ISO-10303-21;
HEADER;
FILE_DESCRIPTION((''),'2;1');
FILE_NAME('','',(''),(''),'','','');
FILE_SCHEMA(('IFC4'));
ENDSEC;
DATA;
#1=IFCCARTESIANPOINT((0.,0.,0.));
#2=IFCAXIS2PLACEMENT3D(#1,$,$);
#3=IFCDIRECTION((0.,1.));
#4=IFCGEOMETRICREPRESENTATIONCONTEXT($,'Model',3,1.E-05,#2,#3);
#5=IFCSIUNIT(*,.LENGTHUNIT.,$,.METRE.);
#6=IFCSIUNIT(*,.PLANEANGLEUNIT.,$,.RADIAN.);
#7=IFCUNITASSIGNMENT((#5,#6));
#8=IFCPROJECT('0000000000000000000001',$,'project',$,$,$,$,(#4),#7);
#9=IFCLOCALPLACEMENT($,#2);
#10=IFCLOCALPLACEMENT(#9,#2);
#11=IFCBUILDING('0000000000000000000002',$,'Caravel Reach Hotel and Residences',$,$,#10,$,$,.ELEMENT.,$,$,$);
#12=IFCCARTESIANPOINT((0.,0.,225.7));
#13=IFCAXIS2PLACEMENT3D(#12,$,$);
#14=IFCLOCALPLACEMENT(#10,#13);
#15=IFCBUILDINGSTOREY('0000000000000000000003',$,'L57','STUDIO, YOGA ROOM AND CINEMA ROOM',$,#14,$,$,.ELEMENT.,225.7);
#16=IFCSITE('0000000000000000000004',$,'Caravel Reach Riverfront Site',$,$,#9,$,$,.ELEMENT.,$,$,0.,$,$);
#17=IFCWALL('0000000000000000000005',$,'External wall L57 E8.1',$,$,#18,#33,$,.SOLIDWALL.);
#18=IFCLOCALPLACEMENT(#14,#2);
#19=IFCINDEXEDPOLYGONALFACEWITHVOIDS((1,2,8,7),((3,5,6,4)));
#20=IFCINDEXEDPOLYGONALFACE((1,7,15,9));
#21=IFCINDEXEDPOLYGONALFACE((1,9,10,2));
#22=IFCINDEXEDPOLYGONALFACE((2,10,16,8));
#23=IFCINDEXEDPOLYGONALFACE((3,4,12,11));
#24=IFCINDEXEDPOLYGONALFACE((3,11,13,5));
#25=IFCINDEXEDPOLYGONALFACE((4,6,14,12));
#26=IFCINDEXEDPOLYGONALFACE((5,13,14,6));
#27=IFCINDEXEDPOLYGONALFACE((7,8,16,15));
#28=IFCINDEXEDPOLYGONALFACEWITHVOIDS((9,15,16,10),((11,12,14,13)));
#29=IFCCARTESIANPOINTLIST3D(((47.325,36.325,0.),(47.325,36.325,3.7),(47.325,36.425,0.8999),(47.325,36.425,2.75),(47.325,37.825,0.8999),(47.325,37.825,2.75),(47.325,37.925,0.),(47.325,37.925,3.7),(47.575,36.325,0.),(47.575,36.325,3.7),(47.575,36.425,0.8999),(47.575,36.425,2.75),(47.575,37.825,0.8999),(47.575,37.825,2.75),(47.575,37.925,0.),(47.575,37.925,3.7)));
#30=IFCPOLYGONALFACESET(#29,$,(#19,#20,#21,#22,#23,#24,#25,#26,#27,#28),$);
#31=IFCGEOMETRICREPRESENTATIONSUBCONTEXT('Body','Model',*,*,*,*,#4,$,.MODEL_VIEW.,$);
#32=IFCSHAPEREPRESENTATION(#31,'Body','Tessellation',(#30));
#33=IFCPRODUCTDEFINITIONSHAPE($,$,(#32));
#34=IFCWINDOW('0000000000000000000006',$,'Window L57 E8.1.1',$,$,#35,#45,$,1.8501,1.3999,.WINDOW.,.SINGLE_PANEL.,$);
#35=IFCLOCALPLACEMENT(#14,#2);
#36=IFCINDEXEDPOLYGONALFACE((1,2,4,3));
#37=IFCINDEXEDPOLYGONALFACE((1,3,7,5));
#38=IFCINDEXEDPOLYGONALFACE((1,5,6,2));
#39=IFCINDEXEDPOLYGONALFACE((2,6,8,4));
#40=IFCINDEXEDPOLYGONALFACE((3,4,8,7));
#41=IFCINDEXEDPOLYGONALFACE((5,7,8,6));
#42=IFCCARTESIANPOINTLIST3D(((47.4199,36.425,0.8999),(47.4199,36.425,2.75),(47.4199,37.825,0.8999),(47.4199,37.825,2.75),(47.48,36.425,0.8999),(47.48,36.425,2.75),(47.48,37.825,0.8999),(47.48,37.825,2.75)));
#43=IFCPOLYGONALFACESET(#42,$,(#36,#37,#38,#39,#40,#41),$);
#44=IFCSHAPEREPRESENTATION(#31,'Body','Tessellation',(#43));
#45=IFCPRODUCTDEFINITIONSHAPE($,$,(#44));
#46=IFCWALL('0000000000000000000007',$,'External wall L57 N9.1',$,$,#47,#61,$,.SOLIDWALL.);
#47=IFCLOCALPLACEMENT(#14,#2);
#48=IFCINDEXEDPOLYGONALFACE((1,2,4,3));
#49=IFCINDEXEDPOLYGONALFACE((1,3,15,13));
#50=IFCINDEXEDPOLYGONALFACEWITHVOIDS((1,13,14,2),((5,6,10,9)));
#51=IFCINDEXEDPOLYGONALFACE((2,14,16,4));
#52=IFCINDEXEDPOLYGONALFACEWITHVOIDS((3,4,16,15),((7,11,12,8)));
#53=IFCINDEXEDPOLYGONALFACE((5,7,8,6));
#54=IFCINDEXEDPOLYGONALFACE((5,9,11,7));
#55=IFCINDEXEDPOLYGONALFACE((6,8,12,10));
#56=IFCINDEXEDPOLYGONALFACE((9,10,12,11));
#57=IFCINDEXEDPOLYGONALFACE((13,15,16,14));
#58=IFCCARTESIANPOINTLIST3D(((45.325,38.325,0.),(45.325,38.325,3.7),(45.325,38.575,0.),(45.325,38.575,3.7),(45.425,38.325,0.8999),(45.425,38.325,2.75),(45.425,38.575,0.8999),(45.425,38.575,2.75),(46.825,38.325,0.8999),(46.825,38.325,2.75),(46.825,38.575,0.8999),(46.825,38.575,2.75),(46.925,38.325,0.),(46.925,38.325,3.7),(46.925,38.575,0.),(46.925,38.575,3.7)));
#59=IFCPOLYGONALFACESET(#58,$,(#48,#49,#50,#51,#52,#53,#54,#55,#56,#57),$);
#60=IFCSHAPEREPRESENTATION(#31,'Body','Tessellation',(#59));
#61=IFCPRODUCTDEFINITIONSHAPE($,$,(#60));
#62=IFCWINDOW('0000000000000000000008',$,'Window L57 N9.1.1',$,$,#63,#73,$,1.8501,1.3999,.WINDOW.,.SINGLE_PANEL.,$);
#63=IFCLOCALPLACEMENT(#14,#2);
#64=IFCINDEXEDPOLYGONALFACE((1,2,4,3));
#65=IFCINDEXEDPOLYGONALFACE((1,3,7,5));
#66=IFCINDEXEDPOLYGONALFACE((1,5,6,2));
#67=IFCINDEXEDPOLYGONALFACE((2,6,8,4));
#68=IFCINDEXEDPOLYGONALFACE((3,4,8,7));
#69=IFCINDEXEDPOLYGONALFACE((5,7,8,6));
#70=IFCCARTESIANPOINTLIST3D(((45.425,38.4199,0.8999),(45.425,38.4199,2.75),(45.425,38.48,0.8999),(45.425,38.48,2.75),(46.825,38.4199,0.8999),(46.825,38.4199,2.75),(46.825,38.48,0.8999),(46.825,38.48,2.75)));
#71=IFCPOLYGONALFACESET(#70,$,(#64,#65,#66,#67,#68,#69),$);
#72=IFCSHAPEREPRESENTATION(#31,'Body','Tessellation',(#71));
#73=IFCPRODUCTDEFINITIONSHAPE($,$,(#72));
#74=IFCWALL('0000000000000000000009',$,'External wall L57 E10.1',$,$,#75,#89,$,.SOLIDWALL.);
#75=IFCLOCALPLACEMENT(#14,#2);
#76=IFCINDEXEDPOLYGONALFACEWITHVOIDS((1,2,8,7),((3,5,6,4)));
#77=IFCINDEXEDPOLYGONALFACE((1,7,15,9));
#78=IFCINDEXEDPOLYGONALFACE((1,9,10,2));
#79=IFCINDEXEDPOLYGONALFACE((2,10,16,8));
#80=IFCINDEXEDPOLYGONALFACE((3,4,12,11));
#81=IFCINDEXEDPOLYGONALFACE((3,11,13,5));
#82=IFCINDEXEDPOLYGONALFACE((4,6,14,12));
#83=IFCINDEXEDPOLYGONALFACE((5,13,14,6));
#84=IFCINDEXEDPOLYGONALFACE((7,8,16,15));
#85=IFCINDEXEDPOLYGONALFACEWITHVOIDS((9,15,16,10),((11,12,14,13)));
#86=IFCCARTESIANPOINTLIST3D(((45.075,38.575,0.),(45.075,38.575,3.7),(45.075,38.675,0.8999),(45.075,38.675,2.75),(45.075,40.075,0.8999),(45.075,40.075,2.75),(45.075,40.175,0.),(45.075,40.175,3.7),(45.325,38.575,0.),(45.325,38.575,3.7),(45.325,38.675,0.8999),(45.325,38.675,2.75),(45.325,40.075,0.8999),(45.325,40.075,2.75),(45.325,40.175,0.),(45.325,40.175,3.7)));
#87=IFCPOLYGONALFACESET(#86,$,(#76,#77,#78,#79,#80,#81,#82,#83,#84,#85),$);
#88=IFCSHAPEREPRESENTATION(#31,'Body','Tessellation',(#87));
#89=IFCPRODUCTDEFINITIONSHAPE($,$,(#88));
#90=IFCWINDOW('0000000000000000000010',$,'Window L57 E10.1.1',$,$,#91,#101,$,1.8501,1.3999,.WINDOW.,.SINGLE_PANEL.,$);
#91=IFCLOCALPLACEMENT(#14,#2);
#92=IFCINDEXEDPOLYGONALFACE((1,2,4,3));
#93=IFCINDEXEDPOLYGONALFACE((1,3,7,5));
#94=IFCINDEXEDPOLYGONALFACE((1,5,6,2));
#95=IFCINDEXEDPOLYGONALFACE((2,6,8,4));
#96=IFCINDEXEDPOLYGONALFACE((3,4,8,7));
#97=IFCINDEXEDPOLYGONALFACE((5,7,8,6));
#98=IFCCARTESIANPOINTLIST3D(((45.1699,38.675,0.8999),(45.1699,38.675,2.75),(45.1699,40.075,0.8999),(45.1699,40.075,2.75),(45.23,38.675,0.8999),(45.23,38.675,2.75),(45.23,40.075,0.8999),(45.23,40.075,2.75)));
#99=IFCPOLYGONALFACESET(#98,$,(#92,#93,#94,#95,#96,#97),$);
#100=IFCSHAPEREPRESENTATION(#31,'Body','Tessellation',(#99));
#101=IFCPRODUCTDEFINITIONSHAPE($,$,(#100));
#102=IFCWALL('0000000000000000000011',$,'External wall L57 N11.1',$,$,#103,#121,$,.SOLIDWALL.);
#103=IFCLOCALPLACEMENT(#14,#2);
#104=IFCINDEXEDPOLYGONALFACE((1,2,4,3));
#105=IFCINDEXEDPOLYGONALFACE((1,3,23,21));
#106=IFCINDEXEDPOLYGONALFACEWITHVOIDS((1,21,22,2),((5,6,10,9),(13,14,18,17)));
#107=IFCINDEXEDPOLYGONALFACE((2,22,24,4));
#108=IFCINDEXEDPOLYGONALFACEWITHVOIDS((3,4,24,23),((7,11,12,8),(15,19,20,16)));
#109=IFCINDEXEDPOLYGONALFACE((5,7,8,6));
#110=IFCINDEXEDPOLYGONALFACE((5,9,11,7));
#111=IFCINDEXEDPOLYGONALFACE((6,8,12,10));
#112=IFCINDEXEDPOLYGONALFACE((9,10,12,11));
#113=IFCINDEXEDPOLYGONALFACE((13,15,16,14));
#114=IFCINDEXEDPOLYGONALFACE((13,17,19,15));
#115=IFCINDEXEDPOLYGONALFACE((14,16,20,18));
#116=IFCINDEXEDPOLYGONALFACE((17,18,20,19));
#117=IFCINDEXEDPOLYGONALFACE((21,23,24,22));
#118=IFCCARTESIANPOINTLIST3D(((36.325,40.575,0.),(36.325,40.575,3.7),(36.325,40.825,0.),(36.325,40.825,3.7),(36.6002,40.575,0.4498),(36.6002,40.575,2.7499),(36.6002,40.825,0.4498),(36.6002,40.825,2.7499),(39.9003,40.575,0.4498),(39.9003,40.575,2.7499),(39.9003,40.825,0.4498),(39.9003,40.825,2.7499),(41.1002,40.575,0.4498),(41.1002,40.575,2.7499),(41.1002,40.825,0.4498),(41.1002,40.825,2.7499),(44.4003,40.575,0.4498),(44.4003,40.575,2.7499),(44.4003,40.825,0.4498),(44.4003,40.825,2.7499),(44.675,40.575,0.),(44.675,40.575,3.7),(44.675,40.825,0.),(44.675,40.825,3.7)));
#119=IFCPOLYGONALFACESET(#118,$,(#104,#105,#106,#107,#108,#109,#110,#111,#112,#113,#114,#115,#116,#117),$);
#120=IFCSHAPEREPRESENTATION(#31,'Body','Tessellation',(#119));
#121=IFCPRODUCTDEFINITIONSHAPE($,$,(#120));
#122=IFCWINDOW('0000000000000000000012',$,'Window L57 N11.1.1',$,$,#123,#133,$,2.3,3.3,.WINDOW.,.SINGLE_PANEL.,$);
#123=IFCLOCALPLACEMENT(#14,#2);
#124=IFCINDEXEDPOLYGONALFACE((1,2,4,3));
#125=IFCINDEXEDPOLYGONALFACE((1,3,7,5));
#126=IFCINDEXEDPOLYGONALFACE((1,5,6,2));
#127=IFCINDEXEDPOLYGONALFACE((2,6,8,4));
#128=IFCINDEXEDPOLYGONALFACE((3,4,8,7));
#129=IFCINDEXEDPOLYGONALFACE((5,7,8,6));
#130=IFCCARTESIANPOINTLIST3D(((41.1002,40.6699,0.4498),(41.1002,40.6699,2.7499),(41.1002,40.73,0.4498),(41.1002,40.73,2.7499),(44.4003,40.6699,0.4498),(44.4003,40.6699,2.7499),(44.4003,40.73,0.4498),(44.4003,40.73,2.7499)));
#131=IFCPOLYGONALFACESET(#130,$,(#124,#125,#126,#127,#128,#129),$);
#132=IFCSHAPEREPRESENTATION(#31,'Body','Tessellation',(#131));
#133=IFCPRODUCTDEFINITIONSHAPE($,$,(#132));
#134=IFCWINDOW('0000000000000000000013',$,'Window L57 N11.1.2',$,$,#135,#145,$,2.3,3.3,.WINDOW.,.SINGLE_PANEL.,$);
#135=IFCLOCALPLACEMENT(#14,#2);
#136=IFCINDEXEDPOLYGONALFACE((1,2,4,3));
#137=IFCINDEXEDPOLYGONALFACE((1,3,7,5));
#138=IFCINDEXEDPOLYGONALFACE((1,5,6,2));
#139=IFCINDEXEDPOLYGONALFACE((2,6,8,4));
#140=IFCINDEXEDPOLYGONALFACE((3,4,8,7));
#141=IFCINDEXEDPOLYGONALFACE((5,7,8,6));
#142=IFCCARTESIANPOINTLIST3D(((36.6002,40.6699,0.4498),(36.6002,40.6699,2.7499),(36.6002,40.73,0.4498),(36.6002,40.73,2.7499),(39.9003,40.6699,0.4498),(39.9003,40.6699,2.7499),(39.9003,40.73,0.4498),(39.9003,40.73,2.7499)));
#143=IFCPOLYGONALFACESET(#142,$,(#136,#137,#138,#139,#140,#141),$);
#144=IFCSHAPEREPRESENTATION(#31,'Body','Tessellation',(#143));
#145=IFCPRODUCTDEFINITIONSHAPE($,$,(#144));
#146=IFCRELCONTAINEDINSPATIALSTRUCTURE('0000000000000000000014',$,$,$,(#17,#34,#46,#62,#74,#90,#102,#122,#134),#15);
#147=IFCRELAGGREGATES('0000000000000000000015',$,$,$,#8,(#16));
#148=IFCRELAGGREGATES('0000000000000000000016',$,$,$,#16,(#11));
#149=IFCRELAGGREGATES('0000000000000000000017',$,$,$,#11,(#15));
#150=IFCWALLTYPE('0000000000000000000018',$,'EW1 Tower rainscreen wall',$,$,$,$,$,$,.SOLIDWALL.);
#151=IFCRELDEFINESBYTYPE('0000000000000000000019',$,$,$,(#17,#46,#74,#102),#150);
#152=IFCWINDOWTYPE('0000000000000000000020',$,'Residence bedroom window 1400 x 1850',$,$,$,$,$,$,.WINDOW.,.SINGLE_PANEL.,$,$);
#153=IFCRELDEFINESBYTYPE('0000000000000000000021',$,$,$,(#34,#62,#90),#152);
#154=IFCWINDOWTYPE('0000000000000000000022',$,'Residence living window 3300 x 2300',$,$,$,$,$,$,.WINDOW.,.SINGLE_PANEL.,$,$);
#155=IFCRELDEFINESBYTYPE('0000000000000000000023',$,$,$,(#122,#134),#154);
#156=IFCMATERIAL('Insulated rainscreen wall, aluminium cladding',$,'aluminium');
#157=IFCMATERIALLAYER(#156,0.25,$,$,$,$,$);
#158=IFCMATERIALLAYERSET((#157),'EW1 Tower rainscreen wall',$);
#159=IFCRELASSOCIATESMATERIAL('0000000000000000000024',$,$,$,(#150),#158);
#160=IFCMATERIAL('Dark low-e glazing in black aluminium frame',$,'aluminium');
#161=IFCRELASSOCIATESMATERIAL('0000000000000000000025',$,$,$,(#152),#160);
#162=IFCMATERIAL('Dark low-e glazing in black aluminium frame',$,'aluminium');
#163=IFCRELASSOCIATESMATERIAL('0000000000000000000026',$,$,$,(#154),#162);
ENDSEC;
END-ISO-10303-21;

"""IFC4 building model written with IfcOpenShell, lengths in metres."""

from ifc_helpers import new_model, si_unit, direction, frame, frame_2d, origin, place, context, subcontext, project, spatial, rectangle, extrude, material, layer, layer_set, type_object, element, fill, save


model = new_model("IFC4")

# Units and contexts
model_context = context("Model", 3, precision=1e-05, world=origin(), true_north=direction((0.0, 1.0)))
body_context = subcontext(model_context, "Body", "Model", "MODEL_VIEW")
ifc_project = project(units=[si_unit("LENGTHUNIT", "METRE"), si_unit("PLANEANGLEUNIT", "RADIAN")], contexts=[model_context])

# Site, building, storey
site_placement = place(None, origin())
site = spatial("IfcSite", under=ifc_project, at=site_placement, Name="Caravel Reach Riverfront Site", CompositionType="ELEMENT", RefElevation=0.0)
building_placement = place(site_placement, origin())
building = spatial("IfcBuilding", under=site, at=building_placement, Name="Caravel Reach Hotel and Residences", CompositionType="ELEMENT")
storey_placement = place(building_placement, frame((0.0, 0.0, 225.7)))
storey = spatial("IfcBuildingStorey", under=building, at=storey_placement, Name="L57", Description="STUDIO, YOGA ROOM AND CINEMA ROOM", CompositionType="ELEMENT", Elevation=225.7)

# Walls, openings, windows
ifc_material_1 = material(Name="Insulated rainscreen wall, aluminium cladding", Category="aluminium")
ifc_layer_1 = layer(ifc_material_1, 0.25)
ifc_layer_set_1 = layer_set([ifc_layer_1], Name="EW1 Tower rainscreen wall")
wall_type_1 = type_object("IfcWallType", Name="EW1 Tower rainscreen wall", PredefinedType="SOLIDWALL", material=ifc_layer_set_1)
ifc_material_2 = material(Name="Dark low-e glazing in black aluminium frame", Category="aluminium")
window_type_1 = type_object("IfcWindowType", Name="Residence bedroom window 1400 x 1850", PartitioningType="SINGLE_PANEL", PredefinedType="WINDOW", material=ifc_material_2)
wall_1_placement = place(storey_placement, frame((47.45, 36.325, 0.0), z_axis=(0.0, 0.0, 1.0), x_axis=(0.0, 1.0, 0.0)))
wall_1 = element("IfcWall", 1, at=wall_1_placement, inside=storey, type_object=wall_type_1, Name="External wall L57 E8.1", PredefinedType="SOLIDWALL", context=body_context, shape_type="SweptSolid", body=[
    extrude(rectangle(XDim=1.6001, YDim=0.25, at=frame_2d((0.8, 0.0))), origin(), (0.0, 0.0, 1.0), 3.7),
])
opening_1_placement = place(wall_1_placement, frame((0.1001, 0.0, 0.8999)))
opening_1 = element("IfcOpeningElement", 2, at=opening_1_placement, cuts=wall_1, PredefinedType="OPENING", context=body_context, shape_type="SweptSolid", body=[
    extrude(rectangle(XDim=1.3999, YDim=1.8501, at=frame_2d((0.7, 0.925))), frame((0.0, 0.135, 0.0), z_axis=(0.0, -1.0, 0.0), x_axis=(1.0, 0.0, 0.0)), (0.0, 0.0, 1.0), 0.27),
])
window_1_placement = place(opening_1_placement, origin())
window_1 = element("IfcWindow", 3, at=window_1_placement, inside=storey, type_object=window_type_1, Name="Window L57 E8.1.1", OverallHeight=1.8501, OverallWidth=1.3999, PartitioningType="SINGLE_PANEL", PredefinedType="WINDOW", context=body_context, shape_type="SweptSolid", body=[
    extrude(rectangle(XDim=1.3999, YDim=1.8501, at=frame_2d((0.7, 0.925))), frame((0.0, 0.03, 0.0), z_axis=(0.0, -1.0, 0.0), x_axis=(1.0, 0.0, 0.0)), (0.0, 0.0, 1.0), 0.0601),
])
fill(opening_1, window_1)
wall_2_placement = place(storey_placement, frame((46.925, 38.45, 0.0), z_axis=(0.0, 0.0, 1.0), x_axis=(-1.0, 0.0, 0.0)))
wall_2 = element("IfcWall", 4, at=wall_2_placement, inside=storey, type_object=wall_type_1, Name="External wall L57 N9.1", PredefinedType="SOLIDWALL", context=body_context, shape_type="SweptSolid", body=[
    extrude(rectangle(XDim=1.6001, YDim=0.25, at=frame_2d((0.8, 0.0))), origin(), (0.0, 0.0, 1.0), 3.7),
])
opening_2_placement = place(wall_2_placement, frame((0.1001, 0.0, 0.8999)))
opening_2 = element("IfcOpeningElement", 5, at=opening_2_placement, cuts=wall_2, PredefinedType="OPENING", context=body_context, shape_type="SweptSolid", body=[
    extrude(rectangle(XDim=1.3999, YDim=1.8501, at=frame_2d((0.7, 0.925))), frame((0.0, 0.135, 0.0), z_axis=(0.0, -1.0, 0.0), x_axis=(1.0, 0.0, 0.0)), (0.0, 0.0, 1.0), 0.27),
])
window_2_placement = place(opening_2_placement, origin())
window_2 = element("IfcWindow", 6, at=window_2_placement, inside=storey, type_object=window_type_1, Name="Window L57 N9.1.1", OverallHeight=1.8501, OverallWidth=1.3999, PartitioningType="SINGLE_PANEL", PredefinedType="WINDOW", context=body_context, shape_type="SweptSolid", body=[
    extrude(rectangle(XDim=1.3999, YDim=1.8501, at=frame_2d((0.7, 0.925))), frame((0.0, 0.03, 0.0), z_axis=(0.0, -1.0, 0.0), x_axis=(1.0, 0.0, 0.0)), (0.0, 0.0, 1.0), 0.0601),
])
fill(opening_2, window_2)
wall_3_placement = place(storey_placement, frame((45.2, 38.575, 0.0), z_axis=(0.0, 0.0, 1.0), x_axis=(0.0, 1.0, 0.0)))
wall_3 = element("IfcWall", 7, at=wall_3_placement, inside=storey, type_object=wall_type_1, Name="External wall L57 E10.1", PredefinedType="SOLIDWALL", context=body_context, shape_type="SweptSolid", body=[
    extrude(rectangle(XDim=1.6001, YDim=0.25, at=frame_2d((0.8, 0.0))), origin(), (0.0, 0.0, 1.0), 3.7),
])
opening_3_placement = place(wall_3_placement, frame((0.1001, 0.0, 0.8999)))
opening_3 = element("IfcOpeningElement", 8, at=opening_3_placement, cuts=wall_3, PredefinedType="OPENING", context=body_context, shape_type="SweptSolid", body=[
    extrude(rectangle(XDim=1.3999, YDim=1.8501, at=frame_2d((0.7, 0.925))), frame((0.0, 0.135, 0.0), z_axis=(0.0, -1.0, 0.0), x_axis=(1.0, 0.0, 0.0)), (0.0, 0.0, 1.0), 0.27),
])
window_3_placement = place(opening_3_placement, origin())
window_3 = element("IfcWindow", 9, at=window_3_placement, inside=storey, type_object=window_type_1, Name="Window L57 E10.1.1", OverallHeight=1.8501, OverallWidth=1.3999, PartitioningType="SINGLE_PANEL", PredefinedType="WINDOW", context=body_context, shape_type="SweptSolid", body=[
    extrude(rectangle(XDim=1.3999, YDim=1.8501, at=frame_2d((0.7, 0.925))), frame((0.0, 0.03, 0.0), z_axis=(0.0, -1.0, 0.0), x_axis=(1.0, 0.0, 0.0)), (0.0, 0.0, 1.0), 0.0601),
])
fill(opening_3, window_3)

# Wall, openings, windows
wall_4_placement = place(storey_placement, frame((44.675, 40.7, 0.0), z_axis=(0.0, 0.0, 1.0), x_axis=(-1.0, 0.0, 0.0)))
wall_4 = element("IfcWall", 10, at=wall_4_placement, inside=storey, type_object=wall_type_1, Name="External wall L57 N11.1", PredefinedType="SOLIDWALL", context=body_context, shape_type="SweptSolid", body=[
    extrude(rectangle(XDim=8.3501, YDim=0.25, at=frame_2d((4.175, 0.0))), origin(), (0.0, 0.0, 1.0), 3.7),
])
opening_4_placement = place(wall_4_placement, frame((0.2749, 0.0, 0.45)))
opening_4 = element("IfcOpeningElement", 11, at=opening_4_placement, cuts=wall_4, PredefinedType="OPENING", context=body_context, shape_type="SweptSolid", body=[
    extrude(rectangle(XDim=3.3, YDim=2.3, at=frame_2d((1.6499, 1.1499))), frame((0.0, 0.135, 0.0), z_axis=(0.0, -1.0, 0.0), x_axis=(1.0, 0.0, 0.0)), (0.0, 0.0, 1.0), 0.27),
])
opening_5_placement = place(wall_4_placement, frame((4.7749, 0.0, 0.45)))
opening_5 = element("IfcOpeningElement", 12, at=opening_5_placement, cuts=wall_4, PredefinedType="OPENING", context=body_context, shape_type="SweptSolid", body=[
    extrude(rectangle(XDim=3.3, YDim=2.3, at=frame_2d((1.6499, 1.1499))), frame((0.0, 0.135, 0.0), z_axis=(0.0, -1.0, 0.0), x_axis=(1.0, 0.0, 0.0)), (0.0, 0.0, 1.0), 0.27),
])
ifc_material_3 = material(Name="Dark low-e glazing in black aluminium frame", Category="aluminium")
window_type_2 = type_object("IfcWindowType", Name="Residence living window 3300 x 2300", PartitioningType="SINGLE_PANEL", PredefinedType="WINDOW", material=ifc_material_3)
window_4_placement = place(opening_4_placement, origin())
window_4 = element("IfcWindow", 13, at=window_4_placement, inside=storey, type_object=window_type_2, Name="Window L57 N11.1.1", OverallHeight=2.3, OverallWidth=3.3, PartitioningType="SINGLE_PANEL", PredefinedType="WINDOW", context=body_context, shape_type="SweptSolid", body=[
    extrude(rectangle(XDim=3.3, YDim=2.3, at=frame_2d((1.6499, 1.1499))), frame((0.0, 0.03, 0.0), z_axis=(0.0, -1.0, 0.0), x_axis=(1.0, 0.0, 0.0)), (0.0, 0.0, 1.0), 0.0601),
])
fill(opening_4, window_4)
window_5_placement = place(opening_5_placement, origin())
window_5 = element("IfcWindow", 14, at=window_5_placement, inside=storey, type_object=window_type_2, Name="Window L57 N11.1.2", OverallHeight=2.3, OverallWidth=3.3, PartitioningType="SINGLE_PANEL", PredefinedType="WINDOW", context=body_context, shape_type="SweptSolid", body=[
    extrude(rectangle(XDim=3.3, YDim=2.3, at=frame_2d((1.6499, 1.1499))), frame((0.0, 0.03, 0.0), z_axis=(0.0, -1.0, 0.0), x_axis=(1.0, 0.0, 0.0)), (0.0, 0.0, 1.0), 0.0601),
])
fill(opening_5, window_5)

save(model, "model.ifc")
